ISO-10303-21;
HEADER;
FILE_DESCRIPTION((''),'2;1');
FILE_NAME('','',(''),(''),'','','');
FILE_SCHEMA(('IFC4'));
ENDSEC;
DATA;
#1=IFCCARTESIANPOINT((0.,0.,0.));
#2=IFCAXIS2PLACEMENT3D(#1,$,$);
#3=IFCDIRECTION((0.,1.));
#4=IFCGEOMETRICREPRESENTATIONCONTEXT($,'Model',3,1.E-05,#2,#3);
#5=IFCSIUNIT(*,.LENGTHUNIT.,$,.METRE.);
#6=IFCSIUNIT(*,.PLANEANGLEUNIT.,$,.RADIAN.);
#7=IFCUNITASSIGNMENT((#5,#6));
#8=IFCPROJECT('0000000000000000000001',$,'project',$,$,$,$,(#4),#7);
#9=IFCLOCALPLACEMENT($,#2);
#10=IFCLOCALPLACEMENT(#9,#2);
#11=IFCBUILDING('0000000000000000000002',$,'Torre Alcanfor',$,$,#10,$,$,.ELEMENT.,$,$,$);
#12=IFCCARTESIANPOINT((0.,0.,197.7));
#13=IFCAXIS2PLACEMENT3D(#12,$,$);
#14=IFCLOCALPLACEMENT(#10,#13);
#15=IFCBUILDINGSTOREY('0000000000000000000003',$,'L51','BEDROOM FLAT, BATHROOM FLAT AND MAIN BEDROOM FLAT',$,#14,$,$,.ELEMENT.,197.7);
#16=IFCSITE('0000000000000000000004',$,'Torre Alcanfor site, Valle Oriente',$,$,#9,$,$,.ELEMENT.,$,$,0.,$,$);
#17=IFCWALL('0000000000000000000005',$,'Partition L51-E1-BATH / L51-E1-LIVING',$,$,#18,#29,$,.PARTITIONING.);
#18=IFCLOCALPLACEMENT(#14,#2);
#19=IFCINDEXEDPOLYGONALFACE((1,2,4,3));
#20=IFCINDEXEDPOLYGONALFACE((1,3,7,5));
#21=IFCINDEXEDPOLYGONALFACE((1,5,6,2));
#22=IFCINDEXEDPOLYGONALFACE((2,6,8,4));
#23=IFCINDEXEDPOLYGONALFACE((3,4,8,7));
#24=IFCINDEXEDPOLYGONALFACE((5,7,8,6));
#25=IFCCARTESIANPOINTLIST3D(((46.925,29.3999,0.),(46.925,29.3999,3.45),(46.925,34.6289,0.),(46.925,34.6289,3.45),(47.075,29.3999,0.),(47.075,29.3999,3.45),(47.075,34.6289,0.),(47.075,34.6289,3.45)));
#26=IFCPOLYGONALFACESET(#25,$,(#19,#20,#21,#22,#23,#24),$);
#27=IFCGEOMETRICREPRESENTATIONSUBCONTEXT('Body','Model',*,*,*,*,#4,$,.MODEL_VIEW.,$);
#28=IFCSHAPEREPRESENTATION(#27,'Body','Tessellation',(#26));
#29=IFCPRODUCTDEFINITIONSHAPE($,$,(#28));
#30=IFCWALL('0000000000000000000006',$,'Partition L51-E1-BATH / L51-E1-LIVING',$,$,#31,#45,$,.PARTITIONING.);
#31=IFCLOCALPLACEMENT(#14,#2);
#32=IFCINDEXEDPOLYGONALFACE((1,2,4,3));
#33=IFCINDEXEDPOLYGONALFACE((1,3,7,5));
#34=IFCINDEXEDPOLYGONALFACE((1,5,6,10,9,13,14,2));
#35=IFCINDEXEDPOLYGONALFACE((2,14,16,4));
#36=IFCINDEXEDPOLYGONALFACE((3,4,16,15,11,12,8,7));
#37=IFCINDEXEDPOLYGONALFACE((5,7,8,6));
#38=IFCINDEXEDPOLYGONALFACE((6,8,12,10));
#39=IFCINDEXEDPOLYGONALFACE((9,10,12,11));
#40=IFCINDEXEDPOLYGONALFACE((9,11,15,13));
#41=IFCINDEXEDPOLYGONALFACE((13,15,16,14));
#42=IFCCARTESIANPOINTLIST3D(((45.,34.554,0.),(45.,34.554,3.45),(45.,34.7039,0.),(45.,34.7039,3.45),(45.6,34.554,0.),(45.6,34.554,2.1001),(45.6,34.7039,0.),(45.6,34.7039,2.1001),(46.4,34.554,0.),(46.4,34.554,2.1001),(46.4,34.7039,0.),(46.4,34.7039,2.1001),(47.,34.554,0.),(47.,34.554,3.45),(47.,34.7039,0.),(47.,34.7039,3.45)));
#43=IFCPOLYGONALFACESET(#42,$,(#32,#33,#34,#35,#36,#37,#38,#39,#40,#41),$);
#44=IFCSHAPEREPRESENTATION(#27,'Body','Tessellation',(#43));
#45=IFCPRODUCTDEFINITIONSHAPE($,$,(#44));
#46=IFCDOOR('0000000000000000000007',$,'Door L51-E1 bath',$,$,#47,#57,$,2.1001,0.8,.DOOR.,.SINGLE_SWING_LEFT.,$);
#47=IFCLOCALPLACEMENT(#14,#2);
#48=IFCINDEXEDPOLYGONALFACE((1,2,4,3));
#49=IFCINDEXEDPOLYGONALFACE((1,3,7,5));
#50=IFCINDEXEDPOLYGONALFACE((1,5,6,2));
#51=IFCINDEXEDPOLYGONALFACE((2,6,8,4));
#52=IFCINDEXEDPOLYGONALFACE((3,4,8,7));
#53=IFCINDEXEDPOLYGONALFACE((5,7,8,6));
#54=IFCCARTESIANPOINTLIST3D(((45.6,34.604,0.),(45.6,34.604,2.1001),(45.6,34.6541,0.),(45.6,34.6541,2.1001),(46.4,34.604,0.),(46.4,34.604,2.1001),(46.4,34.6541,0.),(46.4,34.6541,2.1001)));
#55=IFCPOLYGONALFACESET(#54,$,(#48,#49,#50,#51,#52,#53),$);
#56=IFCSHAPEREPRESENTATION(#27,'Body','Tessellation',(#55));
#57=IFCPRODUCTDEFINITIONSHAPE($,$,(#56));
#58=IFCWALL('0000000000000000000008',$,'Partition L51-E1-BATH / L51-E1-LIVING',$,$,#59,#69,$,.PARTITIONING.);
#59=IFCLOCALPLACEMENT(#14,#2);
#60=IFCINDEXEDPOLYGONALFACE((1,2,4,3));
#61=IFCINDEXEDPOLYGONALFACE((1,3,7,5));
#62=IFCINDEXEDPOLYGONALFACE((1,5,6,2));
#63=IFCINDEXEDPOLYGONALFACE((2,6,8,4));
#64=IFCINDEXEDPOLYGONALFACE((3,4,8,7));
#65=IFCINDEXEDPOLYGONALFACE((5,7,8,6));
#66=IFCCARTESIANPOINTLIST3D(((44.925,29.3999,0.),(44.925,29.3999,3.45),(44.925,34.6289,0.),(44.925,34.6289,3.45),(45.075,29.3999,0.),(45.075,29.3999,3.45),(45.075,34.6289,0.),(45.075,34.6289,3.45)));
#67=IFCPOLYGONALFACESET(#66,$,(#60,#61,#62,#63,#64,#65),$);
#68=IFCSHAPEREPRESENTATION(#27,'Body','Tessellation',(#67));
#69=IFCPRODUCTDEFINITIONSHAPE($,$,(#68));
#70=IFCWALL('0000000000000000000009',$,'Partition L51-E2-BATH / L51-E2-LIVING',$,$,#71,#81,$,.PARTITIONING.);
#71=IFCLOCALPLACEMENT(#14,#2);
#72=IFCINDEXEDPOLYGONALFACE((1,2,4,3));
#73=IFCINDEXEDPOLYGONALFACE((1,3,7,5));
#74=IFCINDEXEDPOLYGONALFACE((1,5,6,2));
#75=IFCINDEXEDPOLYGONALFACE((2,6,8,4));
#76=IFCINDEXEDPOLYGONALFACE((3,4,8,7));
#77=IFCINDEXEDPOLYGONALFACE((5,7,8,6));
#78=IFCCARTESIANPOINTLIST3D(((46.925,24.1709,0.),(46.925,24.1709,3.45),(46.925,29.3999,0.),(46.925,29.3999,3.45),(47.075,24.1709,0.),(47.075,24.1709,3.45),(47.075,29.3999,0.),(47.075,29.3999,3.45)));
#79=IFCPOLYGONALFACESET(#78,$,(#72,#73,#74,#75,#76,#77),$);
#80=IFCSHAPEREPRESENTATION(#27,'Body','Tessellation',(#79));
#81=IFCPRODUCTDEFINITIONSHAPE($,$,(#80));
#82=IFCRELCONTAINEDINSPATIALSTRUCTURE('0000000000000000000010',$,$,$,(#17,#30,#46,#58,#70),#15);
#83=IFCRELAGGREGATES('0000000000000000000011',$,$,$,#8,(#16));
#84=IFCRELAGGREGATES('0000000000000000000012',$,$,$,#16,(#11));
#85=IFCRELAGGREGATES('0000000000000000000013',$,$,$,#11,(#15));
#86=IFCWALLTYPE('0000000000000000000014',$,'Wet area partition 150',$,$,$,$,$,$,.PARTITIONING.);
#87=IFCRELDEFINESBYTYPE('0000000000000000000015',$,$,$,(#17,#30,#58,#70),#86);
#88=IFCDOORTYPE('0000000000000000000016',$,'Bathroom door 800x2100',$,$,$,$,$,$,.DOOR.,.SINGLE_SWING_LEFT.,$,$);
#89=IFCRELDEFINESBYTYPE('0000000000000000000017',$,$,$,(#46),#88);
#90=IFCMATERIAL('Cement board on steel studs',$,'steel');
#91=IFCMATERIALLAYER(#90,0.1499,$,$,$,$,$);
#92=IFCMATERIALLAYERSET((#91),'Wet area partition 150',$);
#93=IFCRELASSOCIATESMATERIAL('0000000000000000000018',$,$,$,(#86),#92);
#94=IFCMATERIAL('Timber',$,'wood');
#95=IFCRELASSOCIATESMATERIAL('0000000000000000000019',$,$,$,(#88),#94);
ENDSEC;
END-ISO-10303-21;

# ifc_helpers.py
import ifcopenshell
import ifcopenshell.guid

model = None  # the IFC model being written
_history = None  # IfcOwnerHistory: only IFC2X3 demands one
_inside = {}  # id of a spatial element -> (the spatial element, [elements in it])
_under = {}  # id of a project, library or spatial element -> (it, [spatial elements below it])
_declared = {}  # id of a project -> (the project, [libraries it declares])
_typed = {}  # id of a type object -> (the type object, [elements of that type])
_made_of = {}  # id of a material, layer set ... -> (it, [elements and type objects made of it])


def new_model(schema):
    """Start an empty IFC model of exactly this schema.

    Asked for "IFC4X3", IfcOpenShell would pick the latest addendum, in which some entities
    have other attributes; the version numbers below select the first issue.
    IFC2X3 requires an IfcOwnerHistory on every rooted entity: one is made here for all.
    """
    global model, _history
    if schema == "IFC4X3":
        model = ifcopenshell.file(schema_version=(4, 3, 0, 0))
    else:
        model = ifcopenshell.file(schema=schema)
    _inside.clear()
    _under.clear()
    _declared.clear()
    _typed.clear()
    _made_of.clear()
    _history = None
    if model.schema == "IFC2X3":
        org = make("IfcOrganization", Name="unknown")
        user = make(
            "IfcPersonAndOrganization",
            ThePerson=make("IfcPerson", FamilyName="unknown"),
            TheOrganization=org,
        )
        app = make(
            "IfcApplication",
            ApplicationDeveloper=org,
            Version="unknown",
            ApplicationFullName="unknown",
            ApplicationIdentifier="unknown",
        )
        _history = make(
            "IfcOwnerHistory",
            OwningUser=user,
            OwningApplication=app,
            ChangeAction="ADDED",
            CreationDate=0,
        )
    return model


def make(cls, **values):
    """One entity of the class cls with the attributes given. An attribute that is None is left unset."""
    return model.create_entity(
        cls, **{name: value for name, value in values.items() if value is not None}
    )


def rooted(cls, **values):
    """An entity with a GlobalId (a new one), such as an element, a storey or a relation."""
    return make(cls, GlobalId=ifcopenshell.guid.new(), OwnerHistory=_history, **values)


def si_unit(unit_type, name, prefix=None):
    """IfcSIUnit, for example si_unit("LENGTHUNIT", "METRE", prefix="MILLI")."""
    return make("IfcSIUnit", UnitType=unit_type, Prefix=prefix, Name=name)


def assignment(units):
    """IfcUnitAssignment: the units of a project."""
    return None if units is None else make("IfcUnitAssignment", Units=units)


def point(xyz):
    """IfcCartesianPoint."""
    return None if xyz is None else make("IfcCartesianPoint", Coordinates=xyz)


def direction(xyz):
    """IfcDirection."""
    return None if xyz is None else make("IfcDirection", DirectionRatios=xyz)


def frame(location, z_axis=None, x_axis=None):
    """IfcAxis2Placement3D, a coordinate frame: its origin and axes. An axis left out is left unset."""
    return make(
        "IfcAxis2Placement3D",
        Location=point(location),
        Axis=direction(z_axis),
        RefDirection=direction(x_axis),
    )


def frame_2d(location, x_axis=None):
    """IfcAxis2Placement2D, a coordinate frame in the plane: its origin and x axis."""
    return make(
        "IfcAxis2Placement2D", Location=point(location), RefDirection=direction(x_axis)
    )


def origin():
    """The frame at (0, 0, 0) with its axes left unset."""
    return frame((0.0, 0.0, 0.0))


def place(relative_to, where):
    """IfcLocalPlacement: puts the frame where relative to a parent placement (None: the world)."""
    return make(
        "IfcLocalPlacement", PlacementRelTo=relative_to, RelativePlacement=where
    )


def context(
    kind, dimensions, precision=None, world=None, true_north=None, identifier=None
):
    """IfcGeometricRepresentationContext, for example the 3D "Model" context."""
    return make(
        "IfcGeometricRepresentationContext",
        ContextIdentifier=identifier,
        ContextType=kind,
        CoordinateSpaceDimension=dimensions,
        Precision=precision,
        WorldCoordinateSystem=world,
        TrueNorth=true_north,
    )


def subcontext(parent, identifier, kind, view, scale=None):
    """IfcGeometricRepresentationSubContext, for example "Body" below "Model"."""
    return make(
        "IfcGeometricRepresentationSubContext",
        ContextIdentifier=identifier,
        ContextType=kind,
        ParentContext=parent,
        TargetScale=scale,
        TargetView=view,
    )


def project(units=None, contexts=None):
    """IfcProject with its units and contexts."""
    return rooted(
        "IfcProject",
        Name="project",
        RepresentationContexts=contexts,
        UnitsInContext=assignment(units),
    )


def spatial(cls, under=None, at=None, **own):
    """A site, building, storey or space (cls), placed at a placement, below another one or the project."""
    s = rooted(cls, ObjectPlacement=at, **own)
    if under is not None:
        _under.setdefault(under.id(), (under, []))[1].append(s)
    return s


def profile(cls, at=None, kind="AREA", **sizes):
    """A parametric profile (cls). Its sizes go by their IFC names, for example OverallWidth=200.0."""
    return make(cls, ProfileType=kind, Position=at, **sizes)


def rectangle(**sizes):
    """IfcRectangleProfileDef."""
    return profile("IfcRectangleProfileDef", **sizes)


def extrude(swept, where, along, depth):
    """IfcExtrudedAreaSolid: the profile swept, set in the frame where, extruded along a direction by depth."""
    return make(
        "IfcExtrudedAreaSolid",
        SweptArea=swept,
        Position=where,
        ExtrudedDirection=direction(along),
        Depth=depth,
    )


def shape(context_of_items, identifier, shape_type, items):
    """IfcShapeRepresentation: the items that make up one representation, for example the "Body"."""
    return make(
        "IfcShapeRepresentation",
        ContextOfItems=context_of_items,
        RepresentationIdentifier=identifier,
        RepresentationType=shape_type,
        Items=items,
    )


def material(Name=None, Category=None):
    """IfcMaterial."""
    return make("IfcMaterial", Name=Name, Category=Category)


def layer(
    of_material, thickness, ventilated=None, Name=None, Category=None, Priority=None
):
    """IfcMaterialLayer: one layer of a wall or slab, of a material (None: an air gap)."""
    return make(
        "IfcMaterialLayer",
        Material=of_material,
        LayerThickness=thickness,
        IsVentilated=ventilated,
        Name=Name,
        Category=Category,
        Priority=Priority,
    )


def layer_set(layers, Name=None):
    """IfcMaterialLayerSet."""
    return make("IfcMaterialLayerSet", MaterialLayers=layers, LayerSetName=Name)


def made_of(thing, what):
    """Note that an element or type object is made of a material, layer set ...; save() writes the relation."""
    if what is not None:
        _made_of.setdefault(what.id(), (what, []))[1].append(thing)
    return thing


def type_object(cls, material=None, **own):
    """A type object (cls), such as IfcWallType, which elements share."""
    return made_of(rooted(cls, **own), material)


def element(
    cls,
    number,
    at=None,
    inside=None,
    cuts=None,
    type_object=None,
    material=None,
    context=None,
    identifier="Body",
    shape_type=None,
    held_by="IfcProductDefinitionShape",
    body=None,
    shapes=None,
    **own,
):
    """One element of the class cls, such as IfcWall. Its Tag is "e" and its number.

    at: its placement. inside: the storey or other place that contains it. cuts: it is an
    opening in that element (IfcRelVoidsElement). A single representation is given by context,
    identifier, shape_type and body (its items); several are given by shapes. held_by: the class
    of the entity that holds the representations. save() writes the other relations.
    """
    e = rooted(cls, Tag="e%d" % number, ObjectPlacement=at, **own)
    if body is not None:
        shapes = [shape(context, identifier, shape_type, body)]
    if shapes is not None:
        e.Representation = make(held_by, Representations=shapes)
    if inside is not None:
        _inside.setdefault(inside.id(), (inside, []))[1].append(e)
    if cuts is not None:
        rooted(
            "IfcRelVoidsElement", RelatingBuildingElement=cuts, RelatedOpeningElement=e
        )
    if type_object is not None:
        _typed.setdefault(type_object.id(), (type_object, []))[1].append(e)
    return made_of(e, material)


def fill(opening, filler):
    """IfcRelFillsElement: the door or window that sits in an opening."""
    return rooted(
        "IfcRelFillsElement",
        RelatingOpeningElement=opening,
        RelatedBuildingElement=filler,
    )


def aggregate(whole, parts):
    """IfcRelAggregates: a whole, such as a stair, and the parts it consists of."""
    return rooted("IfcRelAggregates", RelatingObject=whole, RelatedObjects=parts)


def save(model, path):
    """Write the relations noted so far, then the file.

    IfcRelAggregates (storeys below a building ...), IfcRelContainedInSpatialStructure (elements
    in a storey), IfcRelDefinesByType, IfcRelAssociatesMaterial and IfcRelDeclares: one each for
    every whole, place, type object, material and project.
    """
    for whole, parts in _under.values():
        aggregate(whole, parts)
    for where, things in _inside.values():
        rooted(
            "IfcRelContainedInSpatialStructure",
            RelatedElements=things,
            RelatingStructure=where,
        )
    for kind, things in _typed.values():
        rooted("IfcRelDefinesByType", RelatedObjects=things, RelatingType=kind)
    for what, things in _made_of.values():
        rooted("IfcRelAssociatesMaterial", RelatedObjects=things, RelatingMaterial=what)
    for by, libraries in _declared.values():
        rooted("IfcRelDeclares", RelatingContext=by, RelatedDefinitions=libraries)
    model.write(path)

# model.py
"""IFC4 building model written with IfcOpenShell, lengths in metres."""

from ifc_helpers import new_model, si_unit, direction, frame, frame_2d, origin, place, context, subcontext, project, spatial, rectangle, extrude, material, layer, layer_set, type_object, element, fill, save


model = new_model("IFC4")

# Units and contexts
model_context = context("Model", 3, precision=1e-05, world=origin(), true_north=direction((0.0, 1.0)))
body_context = subcontext(model_context, "Body", "Model", "MODEL_VIEW")
ifc_project = project(units=[si_unit("LENGTHUNIT", "METRE"), si_unit("PLANEANGLEUNIT", "RADIAN")], contexts=[model_context])

# Site, building, storey
site_placement = place(None, origin())
site = spatial("IfcSite", under=ifc_project, at=site_placement, Name="Torre Alcanfor site, Valle Oriente", CompositionType="ELEMENT", RefElevation=0.0)
building_placement = place(site_placement, origin())
building = spatial("IfcBuilding", under=site, at=building_placement, Name="Torre Alcanfor", CompositionType="ELEMENT")
storey_placement = place(building_placement, frame((0.0, 0.0, 197.7)))
storey = spatial("IfcBuildingStorey", under=building, at=storey_placement, Name="L51", Description="BEDROOM FLAT, BATHROOM FLAT AND MAIN BEDROOM FLAT", CompositionType="ELEMENT", Elevation=197.7)

# Wall
ifc_material_1 = material(Name="Cement board on steel studs", Category="steel")
ifc_layer_1 = layer(ifc_material_1, 0.1499)
ifc_layer_set_1 = layer_set([ifc_layer_1], Name="Wet area partition 150")
wall_type_1 = type_object("IfcWallType", Name="Wet area partition 150", PredefinedType="PARTITIONING", material=ifc_layer_set_1)
wall_1_placement = place(storey_placement, frame((47.0, 29.3999, 0.0), z_axis=(0.0, 0.0, 1.0), x_axis=(0.0, 1.0, 0.0)))
element("IfcWall", 1, at=wall_1_placement, inside=storey, type_object=wall_type_1, Name="Partition L51-E1-BATH / L51-E1-LIVING", PredefinedType="PARTITIONING", context=body_context, shape_type="SweptSolid", body=[
    extrude(rectangle(XDim=5.229, YDim=0.1499, at=frame_2d((2.6145, 0.0))), origin(), (0.0, 0.0, 1.0), 3.45),
])

# Wall, opening, door
wall_2_placement = place(storey_placement, frame((47.0, 34.6289, 0.0), z_axis=(0.0, 0.0, 1.0), x_axis=(-1.0, 0.0, 0.0)))
wall_2 = element("IfcWall", 2, at=wall_2_placement, inside=storey, type_object=wall_type_1, Name="Partition L51-E1-BATH / L51-E1-LIVING", PredefinedType="PARTITIONING", context=body_context, shape_type="SweptSolid", body=[
    extrude(rectangle(XDim=2.0, YDim=0.1499, at=frame_2d((1.0, 0.0))), origin(), (0.0, 0.0, 1.0), 3.45),
])
opening_1_placement = place(wall_2_placement, frame((0.6001, 0.0, 0.0)))
opening_1 = element("IfcOpeningElement", 3, at=opening_1_placement, cuts=wall_2, PredefinedType="OPENING", context=body_context, shape_type="SweptSolid", body=[
    extrude(rectangle(XDim=0.8, YDim=2.1001, at=frame_2d((0.3999, 1.05))), frame((0.0, 0.085, 0.0), z_axis=(0.0, -1.0, 0.0), x_axis=(1.0, 0.0, 0.0)), (0.0, 0.0, 1.0), 0.1699),
])
ifc_material_2 = material(Name="Timber", Category="wood")
door_type_1 = type_object("IfcDoorType", Name="Bathroom door 800x2100", OperationType="SINGLE_SWING_LEFT", PredefinedType="DOOR", material=ifc_material_2)
door_1_placement = place(opening_1_placement, origin())
door_1 = element("IfcDoor", 4, at=door_1_placement, inside=storey, type_object=door_type_1, Name="Door L51-E1 bath", OperationType="SINGLE_SWING_LEFT", OverallHeight=2.1001, OverallWidth=0.8, PredefinedType="DOOR", context=body_context, shape_type="SweptSolid", body=[
    extrude(rectangle(XDim=0.8, YDim=2.1001, at=frame_2d((0.3999, 1.05))), frame((0.0, 0.0249, 0.0), z_axis=(0.0, -1.0, 0.0), x_axis=(1.0, 0.0, 0.0)), (0.0, 0.0, 1.0), 0.05),
])
fill(opening_1, door_1)

# Walls
for number, where, z_axis, x_axis, name in (
    (5, (45.0, 34.6289, 0.0), (0.0, 0.0, 1.0), (0.0, -1.0, 0.0), "Partition L51-E1-BATH / L51-E1-LIVING"),
    (6, (47.0, 29.3999, 0.0), (0.0, 0.0, 1.0), (0.0, -1.0, 0.0), "Partition L51-E2-BATH / L51-E2-LIVING"),
):
    element("IfcWall", number, at=place(storey_placement, frame(where, z_axis=z_axis, x_axis=x_axis)), inside=storey, type_object=wall_type_1, Name=name, PredefinedType="PARTITIONING", context=body_context, shape_type="SweptSolid", body=[
        extrude(rectangle(XDim=5.229, YDim=0.1499, at=frame_2d((2.6145, 0.0))), origin(), (0.0, 0.0, 1.0), 3.45),
    ])

save(model, "model.ifc")
